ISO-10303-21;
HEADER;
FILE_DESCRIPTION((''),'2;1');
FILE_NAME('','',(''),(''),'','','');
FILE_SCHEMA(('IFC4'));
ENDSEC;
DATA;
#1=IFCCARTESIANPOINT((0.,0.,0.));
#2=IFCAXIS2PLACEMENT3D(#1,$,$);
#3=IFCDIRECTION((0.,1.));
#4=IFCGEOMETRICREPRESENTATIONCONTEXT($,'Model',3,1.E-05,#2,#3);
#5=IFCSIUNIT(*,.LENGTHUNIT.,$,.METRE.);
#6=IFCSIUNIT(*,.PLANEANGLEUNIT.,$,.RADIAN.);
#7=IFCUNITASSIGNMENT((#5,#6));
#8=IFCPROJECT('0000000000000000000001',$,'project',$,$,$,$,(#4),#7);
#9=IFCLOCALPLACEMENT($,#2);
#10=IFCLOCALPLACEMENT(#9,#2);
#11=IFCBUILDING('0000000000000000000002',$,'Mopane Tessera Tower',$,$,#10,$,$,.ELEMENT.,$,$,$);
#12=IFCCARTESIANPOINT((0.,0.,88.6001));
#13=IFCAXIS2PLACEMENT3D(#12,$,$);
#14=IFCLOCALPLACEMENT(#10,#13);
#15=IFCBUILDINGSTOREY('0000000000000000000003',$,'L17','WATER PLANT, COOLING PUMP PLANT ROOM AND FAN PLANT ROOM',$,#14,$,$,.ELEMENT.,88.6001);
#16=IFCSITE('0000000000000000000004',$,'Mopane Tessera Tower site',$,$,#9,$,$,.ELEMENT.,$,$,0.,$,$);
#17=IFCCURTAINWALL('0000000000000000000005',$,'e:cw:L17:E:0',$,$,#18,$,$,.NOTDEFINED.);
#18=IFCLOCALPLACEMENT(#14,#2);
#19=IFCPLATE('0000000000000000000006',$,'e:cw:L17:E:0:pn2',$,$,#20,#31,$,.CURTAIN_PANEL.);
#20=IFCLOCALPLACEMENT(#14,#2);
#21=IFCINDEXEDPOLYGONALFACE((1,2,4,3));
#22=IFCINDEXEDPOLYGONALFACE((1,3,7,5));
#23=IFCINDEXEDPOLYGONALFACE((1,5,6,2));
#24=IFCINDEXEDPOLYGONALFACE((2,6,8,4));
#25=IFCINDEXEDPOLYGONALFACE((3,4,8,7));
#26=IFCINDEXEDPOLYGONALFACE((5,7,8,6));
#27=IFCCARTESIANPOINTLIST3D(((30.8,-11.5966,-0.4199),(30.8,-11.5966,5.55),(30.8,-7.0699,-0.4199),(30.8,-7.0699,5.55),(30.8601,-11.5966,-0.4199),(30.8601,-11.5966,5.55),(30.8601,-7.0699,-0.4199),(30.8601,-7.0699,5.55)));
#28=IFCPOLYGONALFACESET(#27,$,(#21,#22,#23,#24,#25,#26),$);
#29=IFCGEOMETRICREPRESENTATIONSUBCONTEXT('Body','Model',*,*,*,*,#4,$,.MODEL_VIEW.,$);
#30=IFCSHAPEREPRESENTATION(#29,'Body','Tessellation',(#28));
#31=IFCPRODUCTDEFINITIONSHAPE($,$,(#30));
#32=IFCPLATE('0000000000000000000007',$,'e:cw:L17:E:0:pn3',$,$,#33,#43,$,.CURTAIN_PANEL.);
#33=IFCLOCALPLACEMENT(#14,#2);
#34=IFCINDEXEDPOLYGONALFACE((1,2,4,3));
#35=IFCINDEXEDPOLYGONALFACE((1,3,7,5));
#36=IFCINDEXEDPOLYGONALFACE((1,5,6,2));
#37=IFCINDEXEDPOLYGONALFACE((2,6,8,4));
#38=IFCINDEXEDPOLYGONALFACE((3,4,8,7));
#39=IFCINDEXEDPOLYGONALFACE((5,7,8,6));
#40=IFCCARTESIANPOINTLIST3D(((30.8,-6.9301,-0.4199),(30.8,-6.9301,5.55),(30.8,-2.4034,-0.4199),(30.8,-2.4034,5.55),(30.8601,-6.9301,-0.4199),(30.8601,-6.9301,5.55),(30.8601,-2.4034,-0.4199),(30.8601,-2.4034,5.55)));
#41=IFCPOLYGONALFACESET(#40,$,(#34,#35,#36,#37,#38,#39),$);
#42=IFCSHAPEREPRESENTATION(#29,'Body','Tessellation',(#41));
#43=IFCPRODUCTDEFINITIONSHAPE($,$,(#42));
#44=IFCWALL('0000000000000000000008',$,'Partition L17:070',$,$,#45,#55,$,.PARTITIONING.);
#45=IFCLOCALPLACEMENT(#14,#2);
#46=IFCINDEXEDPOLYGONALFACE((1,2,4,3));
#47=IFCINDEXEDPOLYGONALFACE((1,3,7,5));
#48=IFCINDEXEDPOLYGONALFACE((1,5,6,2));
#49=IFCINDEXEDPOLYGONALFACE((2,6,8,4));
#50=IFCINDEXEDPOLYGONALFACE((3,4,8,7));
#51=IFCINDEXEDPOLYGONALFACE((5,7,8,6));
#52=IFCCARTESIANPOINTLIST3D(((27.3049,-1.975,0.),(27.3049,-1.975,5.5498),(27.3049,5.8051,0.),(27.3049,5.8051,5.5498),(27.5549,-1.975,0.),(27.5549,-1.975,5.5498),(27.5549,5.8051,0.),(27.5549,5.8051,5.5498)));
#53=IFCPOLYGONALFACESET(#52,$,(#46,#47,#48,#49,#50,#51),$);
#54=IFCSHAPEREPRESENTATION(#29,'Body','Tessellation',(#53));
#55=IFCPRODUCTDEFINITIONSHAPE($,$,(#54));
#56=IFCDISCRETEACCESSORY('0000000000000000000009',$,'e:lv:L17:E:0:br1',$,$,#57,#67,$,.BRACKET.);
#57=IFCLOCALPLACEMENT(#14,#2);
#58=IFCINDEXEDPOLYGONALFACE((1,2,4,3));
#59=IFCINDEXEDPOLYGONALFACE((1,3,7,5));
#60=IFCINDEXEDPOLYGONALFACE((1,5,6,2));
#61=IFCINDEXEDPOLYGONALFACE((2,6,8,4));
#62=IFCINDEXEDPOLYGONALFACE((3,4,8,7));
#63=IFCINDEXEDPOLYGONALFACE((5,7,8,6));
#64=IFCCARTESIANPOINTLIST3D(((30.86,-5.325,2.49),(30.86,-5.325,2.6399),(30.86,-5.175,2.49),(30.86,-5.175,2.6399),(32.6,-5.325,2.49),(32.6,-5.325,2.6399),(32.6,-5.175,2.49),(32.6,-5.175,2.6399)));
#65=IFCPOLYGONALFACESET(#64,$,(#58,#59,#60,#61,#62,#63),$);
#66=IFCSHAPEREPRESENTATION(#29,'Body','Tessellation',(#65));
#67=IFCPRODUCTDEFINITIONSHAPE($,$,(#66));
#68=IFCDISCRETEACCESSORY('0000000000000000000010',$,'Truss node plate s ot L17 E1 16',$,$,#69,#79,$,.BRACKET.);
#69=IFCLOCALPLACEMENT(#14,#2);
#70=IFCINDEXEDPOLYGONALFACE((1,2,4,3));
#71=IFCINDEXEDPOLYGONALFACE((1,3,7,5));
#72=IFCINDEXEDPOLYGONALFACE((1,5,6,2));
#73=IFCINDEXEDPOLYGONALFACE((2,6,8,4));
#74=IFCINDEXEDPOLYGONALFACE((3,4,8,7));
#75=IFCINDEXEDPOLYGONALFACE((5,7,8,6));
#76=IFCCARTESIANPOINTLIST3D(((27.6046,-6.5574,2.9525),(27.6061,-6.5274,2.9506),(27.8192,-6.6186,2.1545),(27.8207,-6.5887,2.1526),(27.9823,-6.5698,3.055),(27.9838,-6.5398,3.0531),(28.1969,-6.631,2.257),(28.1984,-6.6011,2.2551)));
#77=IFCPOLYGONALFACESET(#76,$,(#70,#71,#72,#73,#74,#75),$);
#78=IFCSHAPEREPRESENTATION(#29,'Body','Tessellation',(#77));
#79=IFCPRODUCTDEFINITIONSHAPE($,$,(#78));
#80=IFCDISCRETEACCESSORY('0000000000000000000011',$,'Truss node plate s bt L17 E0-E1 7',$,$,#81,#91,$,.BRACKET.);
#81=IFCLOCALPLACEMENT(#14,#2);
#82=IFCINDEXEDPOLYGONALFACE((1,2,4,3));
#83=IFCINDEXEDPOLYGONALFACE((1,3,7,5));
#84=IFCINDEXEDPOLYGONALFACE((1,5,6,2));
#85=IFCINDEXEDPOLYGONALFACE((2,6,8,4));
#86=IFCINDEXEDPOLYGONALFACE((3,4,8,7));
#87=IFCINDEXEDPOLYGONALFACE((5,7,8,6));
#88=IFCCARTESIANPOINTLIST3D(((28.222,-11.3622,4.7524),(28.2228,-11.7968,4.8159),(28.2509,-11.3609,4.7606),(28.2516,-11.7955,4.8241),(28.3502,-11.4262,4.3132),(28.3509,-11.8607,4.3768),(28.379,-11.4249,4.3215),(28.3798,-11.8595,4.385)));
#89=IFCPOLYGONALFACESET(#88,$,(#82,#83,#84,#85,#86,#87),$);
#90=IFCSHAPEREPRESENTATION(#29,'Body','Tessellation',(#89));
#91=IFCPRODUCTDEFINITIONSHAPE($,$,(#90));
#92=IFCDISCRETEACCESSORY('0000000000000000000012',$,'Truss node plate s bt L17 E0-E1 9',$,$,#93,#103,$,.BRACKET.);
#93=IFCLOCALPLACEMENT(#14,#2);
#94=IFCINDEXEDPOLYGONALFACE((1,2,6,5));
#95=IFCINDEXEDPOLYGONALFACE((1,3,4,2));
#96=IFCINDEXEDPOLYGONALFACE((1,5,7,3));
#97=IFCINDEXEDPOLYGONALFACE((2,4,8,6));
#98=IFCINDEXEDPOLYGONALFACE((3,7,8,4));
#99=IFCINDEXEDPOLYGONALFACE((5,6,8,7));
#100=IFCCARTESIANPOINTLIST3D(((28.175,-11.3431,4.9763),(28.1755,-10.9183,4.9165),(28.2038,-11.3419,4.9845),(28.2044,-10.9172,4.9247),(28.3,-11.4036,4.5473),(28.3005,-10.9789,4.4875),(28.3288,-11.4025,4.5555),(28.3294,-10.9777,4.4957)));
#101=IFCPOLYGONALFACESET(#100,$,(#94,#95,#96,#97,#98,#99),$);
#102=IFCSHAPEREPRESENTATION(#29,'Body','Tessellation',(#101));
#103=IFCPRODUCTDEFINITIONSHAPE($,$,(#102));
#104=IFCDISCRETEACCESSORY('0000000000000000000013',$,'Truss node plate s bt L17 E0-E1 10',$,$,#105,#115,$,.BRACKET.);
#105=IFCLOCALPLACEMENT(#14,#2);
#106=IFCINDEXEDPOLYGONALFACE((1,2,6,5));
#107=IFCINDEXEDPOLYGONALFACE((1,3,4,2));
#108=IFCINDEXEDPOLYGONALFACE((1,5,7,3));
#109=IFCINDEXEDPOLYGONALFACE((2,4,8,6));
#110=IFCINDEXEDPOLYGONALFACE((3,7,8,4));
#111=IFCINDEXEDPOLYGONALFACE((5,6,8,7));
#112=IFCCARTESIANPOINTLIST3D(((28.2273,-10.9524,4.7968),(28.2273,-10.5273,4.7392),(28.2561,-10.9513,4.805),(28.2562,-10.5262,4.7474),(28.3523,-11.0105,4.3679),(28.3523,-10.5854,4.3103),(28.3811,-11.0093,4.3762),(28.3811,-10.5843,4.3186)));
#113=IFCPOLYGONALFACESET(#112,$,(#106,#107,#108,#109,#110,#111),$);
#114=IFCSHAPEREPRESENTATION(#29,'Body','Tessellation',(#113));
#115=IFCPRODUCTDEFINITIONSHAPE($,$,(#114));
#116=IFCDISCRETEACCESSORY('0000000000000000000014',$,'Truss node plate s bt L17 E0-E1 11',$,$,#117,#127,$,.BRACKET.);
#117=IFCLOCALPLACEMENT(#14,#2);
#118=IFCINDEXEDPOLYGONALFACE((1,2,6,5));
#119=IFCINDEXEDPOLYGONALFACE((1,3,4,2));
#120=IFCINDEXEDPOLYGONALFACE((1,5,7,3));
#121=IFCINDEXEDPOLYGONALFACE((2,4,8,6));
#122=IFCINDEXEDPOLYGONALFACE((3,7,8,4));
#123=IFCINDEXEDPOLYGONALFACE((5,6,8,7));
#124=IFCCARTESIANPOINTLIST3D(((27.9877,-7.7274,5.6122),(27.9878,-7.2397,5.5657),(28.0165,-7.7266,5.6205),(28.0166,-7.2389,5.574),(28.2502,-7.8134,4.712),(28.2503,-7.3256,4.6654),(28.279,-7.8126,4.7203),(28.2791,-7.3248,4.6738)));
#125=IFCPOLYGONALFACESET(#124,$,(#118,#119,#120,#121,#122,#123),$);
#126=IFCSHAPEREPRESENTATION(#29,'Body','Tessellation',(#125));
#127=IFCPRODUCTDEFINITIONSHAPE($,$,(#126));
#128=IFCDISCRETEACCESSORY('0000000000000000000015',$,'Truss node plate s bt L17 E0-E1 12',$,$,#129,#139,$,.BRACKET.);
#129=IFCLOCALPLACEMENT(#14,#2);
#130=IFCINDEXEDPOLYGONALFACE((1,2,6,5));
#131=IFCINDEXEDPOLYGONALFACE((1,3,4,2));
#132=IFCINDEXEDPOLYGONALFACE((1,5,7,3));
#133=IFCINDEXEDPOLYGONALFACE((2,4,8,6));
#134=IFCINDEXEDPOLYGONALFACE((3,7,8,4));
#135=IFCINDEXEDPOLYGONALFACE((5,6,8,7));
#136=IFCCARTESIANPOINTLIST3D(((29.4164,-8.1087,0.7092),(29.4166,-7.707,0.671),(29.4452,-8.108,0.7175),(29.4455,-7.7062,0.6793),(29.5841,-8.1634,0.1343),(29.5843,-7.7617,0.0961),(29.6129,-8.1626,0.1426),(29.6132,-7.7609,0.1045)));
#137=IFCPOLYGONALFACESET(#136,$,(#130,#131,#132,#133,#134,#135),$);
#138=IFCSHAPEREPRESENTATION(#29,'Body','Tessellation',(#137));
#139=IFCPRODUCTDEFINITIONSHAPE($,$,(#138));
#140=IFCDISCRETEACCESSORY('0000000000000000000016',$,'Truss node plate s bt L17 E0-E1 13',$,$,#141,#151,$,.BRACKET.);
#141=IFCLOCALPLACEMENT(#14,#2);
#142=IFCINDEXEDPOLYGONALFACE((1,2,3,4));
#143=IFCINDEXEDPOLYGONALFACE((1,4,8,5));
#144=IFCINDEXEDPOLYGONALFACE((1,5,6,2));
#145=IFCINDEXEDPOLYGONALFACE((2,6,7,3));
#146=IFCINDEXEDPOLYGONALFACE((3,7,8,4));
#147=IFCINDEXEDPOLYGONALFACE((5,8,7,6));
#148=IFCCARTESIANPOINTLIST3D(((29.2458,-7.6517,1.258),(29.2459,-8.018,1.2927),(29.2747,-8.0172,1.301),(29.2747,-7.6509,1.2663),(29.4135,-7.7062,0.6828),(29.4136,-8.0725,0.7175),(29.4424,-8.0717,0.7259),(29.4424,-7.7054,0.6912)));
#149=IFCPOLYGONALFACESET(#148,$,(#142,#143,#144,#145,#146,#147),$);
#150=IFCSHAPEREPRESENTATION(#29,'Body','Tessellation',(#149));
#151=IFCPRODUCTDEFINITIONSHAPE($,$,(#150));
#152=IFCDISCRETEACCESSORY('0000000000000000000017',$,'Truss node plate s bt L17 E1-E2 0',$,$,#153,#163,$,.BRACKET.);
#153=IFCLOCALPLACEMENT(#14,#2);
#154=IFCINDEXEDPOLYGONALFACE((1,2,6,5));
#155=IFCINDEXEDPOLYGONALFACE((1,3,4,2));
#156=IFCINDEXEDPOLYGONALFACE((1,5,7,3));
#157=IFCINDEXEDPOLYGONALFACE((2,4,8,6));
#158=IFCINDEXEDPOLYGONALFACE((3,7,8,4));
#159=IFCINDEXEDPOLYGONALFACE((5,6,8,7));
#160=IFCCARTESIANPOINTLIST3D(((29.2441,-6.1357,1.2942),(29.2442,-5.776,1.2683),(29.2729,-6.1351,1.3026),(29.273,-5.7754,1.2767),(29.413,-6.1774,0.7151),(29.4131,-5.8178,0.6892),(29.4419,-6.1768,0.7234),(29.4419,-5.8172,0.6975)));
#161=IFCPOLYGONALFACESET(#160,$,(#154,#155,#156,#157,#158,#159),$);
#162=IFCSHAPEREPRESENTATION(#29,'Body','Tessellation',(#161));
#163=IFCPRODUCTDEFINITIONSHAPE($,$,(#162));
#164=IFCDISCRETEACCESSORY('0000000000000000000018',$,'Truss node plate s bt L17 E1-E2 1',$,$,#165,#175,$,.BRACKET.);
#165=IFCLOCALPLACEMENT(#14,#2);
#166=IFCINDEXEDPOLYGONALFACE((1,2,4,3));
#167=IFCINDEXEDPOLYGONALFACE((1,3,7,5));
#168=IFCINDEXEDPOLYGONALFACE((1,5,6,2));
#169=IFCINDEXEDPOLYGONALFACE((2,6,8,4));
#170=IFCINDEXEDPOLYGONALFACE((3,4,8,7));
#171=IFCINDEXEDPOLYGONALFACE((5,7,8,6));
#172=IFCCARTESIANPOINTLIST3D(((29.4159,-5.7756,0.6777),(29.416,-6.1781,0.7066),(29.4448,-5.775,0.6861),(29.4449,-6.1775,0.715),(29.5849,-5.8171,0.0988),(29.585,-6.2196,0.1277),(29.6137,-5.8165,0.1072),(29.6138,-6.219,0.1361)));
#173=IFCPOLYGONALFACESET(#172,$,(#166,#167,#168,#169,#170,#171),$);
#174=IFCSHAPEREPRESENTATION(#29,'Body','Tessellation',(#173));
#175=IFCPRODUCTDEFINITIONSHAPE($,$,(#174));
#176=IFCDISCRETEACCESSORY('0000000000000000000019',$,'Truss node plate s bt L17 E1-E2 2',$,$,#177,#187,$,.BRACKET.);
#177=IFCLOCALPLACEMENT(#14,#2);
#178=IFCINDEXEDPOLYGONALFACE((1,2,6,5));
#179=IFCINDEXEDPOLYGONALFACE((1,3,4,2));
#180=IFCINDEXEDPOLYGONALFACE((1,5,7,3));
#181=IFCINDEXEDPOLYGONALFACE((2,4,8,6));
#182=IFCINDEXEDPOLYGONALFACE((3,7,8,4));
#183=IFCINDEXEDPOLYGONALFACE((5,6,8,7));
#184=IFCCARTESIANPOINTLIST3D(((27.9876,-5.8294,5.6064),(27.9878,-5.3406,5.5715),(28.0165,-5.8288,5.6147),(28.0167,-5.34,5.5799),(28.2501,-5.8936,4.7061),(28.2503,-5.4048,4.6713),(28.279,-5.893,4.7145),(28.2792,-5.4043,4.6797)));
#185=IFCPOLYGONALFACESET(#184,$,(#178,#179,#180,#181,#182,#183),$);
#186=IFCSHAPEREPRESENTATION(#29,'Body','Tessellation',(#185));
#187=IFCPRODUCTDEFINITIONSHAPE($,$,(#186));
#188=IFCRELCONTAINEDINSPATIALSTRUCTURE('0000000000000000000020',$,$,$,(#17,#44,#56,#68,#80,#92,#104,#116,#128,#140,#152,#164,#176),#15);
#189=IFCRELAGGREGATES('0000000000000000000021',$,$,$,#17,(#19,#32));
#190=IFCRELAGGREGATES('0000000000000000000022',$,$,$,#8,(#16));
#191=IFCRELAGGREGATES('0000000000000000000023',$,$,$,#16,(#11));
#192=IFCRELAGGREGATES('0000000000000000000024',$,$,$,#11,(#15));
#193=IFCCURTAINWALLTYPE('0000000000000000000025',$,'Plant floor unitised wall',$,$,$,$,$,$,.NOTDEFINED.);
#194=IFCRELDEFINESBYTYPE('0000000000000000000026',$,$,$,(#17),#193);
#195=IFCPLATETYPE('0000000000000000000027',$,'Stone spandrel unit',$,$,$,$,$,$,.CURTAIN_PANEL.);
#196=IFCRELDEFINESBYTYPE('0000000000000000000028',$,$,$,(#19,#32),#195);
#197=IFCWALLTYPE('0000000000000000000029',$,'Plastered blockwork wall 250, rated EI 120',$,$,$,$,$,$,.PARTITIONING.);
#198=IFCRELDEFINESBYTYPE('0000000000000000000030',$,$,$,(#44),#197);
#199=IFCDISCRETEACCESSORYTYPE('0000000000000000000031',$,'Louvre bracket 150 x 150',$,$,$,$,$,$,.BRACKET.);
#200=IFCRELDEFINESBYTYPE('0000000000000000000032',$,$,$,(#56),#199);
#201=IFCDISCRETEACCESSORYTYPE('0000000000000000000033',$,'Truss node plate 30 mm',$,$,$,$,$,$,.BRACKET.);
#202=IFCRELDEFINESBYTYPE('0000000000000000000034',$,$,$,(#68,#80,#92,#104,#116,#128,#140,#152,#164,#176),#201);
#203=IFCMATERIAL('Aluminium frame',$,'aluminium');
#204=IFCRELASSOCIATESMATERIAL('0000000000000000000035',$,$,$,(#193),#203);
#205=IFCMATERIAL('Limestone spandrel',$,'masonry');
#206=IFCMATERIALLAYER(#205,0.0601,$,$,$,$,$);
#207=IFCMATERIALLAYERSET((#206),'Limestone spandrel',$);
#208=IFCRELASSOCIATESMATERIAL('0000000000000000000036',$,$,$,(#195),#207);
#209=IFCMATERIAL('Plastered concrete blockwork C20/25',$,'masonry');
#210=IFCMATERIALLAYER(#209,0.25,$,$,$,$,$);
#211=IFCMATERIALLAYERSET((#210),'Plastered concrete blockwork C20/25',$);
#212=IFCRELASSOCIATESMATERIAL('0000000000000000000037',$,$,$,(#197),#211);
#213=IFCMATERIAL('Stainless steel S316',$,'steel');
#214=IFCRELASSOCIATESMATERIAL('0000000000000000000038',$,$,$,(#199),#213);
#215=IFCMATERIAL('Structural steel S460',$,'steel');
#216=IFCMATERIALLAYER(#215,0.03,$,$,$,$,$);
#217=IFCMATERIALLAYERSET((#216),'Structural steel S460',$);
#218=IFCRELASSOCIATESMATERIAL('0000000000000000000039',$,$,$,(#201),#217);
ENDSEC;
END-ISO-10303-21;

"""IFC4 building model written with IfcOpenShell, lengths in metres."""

from ifc_helpers import new_model, si_unit, direction, frame, frame_2d, origin, origin_2d, place, context, subcontext, project, spatial, rectangle, extrude, material, layer, layer_set, type_object, element, aggregate, save


model = new_model("IFC4")

# Units and contexts
model_context = context("Model", 3, precision=1e-05, world=origin(), true_north=direction((0.0, 1.0)))
body_context = subcontext(model_context, "Body", "Model", "MODEL_VIEW")
ifc_project = project(units=[si_unit("LENGTHUNIT", "METRE"), si_unit("PLANEANGLEUNIT", "RADIAN")], contexts=[model_context])

# Site, building, storey
site_placement = place(None, origin())
site = spatial("IfcSite", under=ifc_project, at=site_placement, Name="Mopane Tessera Tower site", CompositionType="ELEMENT", RefElevation=0.0)
building_placement = place(site_placement, origin())
building = spatial("IfcBuilding", under=site, at=building_placement, Name="Mopane Tessera Tower", CompositionType="ELEMENT")
storey_placement = place(building_placement, frame((0.0, 0.0, 88.6001)))
storey = spatial("IfcBuildingStorey", under=building, at=storey_placement, Name="L17", Description="WATER PLANT, COOLING PUMP PLANT ROOM AND FAN PLANT ROOM", CompositionType="ELEMENT", Elevation=88.6001)

# Curtain wall
ifc_material_1 = material(Name="Aluminium frame", Category="aluminium")
curtain_wall_type = type_object("IfcCurtainWallType", Name="Plant floor unitised wall", PredefinedType="NOTDEFINED", material=ifc_material_1)
curtain_wall_placement = place(storey_placement, origin())
curtain_wall = element("IfcCurtainWall", 1, at=curtain_wall_placement, inside=storey, type_object=curtain_wall_type, Name="e:cw:L17:E:0", PredefinedType="NOTDEFINED")

# Plates
ifc_material_2 = material(Name="Limestone spandrel", Category="masonry")
ifc_layer_1 = layer(ifc_material_2, 0.0601)
ifc_layer_set_1 = layer_set([ifc_layer_1], Name="Limestone spandrel")
plate_type = type_object("IfcPlateType", Name="Stone spandrel unit", PredefinedType="CURTAIN_PANEL", material=ifc_layer_set_1)
plate_1_placement = place(storey_placement, frame((30.8301, -9.3333, -0.4199), z_axis=(0.0, 0.0, 1.0), x_axis=(0.0, 1.0, 0.0)))
plate_1 = element("IfcPlate", 2, at=plate_1_placement, type_object=plate_type, Name="e:cw:L17:E:0:pn2", PredefinedType="CURTAIN_PANEL", context=body_context, shape_type="SweptSolid", body=[
    extrude(rectangle(XDim=4.5266, YDim=0.0601, at=origin_2d()), origin(), (0.0, 0.0, 1.0), 5.97),
])
plate_2_placement = place(storey_placement, frame((30.8301, -4.6667, -0.4199), z_axis=(0.0, 0.0, 1.0), x_axis=(0.0, 1.0, 0.0)))
plate_2 = element("IfcPlate", 3, at=plate_2_placement, type_object=plate_type, Name="e:cw:L17:E:0:pn3", PredefinedType="CURTAIN_PANEL", context=body_context, shape_type="SweptSolid", body=[
    extrude(rectangle(XDim=4.5266, YDim=0.0601, at=origin_2d()), origin(), (0.0, 0.0, 1.0), 5.97),
])
aggregate(curtain_wall, [plate_1, plate_2])

# Wall
ifc_material_3 = material(Name="Plastered concrete blockwork C20/25", Category="masonry")
ifc_layer_2 = layer(ifc_material_3, 0.25)
ifc_layer_set_2 = layer_set([ifc_layer_2], Name="Plastered concrete blockwork C20/25")
wall_type = type_object("IfcWallType", Name="Plastered blockwork wall 250, rated EI 120", PredefinedType="PARTITIONING", material=ifc_layer_set_2)
wall_placement = place(storey_placement, frame((27.4299, -1.9751, 0.0), z_axis=(0.0, 0.0, 1.0), x_axis=(0.0, 1.0, 0.0)))
element("IfcWall", 4, at=wall_placement, inside=storey, type_object=wall_type, Name="Partition L17:070", PredefinedType="PARTITIONING", context=body_context, shape_type="SweptSolid", body=[
    extrude(rectangle(XDim=7.78, YDim=0.25, at=frame_2d((3.8901, 0.0))), origin(), (0.0, 0.0, 1.0), 5.5498),
])

# Discrete accessories
ifc_material_4 = material(Name="Stainless steel S316", Category="steel")
discrete_accessory_type_1 = type_object("IfcDiscreteAccessoryType", Name="Louvre bracket 150 x 150", PredefinedType="BRACKET", material=ifc_material_4)
discrete_accessory_1_placement = place(storey_placement, frame((31.73, -5.25, 2.49), z_axis=(0.0, 0.0, 1.0), x_axis=(1.0, 0.0, 0.0)))
element("IfcDiscreteAccessory", 5, at=discrete_accessory_1_placement, inside=storey, type_object=discrete_accessory_type_1, Name="e:lv:L17:E:0:br1", PredefinedType="BRACKET", context=body_context, shape_type="SweptSolid", body=[
    extrude(rectangle(XDim=1.74, YDim=0.1499, at=origin_2d()), origin(), (0.0, 0.0, 1.0), 0.1499),
])
ifc_material_5 = material(Name="Structural steel S460", Category="steel")
ifc_layer_3 = layer(ifc_material_5, 0.03)
ifc_layer_set_3 = layer_set([ifc_layer_3], Name="Structural steel S460")
discrete_accessory_type_2 = type_object("IfcDiscreteAccessoryType", Name="Truss node plate 30 mm", PredefinedType="BRACKET", material=ifc_layer_set_3)
discrete_accessory_2_placement = place(storey_placement, frame((28.0088, -6.6099, 2.2048), z_axis=(-0.258955, 0.073945, 0.963055), x_axis=(0.049866, 0.996759, -0.063125)))
element("IfcDiscreteAccessory", 6, at=discrete_accessory_2_placement, inside=storey, type_object=discrete_accessory_type_2, Name="Truss node plate s ot L17 E1 16", PredefinedType="BRACKET", context=body_context, shape_type="SweptSolid", body=[
    extrude(rectangle(XDim=0.03, YDim=0.3916, at=origin_2d()), origin(), (0.0, 0.0, 1.0), 0.8286),
])
discrete_accessory_3_placement = place(storey_placement, frame((28.365, -11.6428, 4.3491), z_axis=(-0.277445, 0.138458, 0.950712), x_axis=(-0.96074, -0.041727, -0.274295)))
element("IfcDiscreteAccessory", 7, at=discrete_accessory_3_placement, inside=storey, type_object=discrete_accessory_type_2, Name="Truss node plate s bt L17 E0-E1 7", PredefinedType="BRACKET", context=body_context, shape_type="SweptSolid", body=[
    extrude(rectangle(XDim=0.03, YDim=0.4392, at=origin_2d()), origin(), (0.0, 0.0, 1.0), 0.4619),
])
discrete_accessory_4_placement = place(storey_placement, frame((28.3147, -11.1907, 4.5215), z_axis=(-0.277235, 0.134286, 0.951372), x_axis=(-0.960801, -0.037409, -0.274703)))
element("IfcDiscreteAccessory", 8, at=discrete_accessory_4_placement, inside=storey, type_object=discrete_accessory_type_2, Name="Truss node plate s bt L17 E0-E1 9", PredefinedType="BRACKET", context=body_context, shape_type="SweptSolid", body=[
    extrude(rectangle(XDim=0.03, YDim=0.429, at=origin_2d()), origin(), (0.0, 0.0, 1.0), 0.4509),
])
discrete_accessory_5_placement = place(storey_placement, frame((28.3667, -10.7974, 4.3433), z_axis=(-0.277433, 0.128963, 0.95205), x_axis=(-0.960745, -0.037184, -0.27493)))
element("IfcDiscreteAccessory", 9, at=discrete_accessory_5_placement, inside=storey, type_object=discrete_accessory_type_2, Name="Truss node plate s bt L17 E0-E1 10", PredefinedType="BRACKET", context=body_context, shape_type="SweptSolid", body=[
    extrude(rectangle(XDim=0.03, YDim=0.429, at=origin_2d()), origin(), (0.0, 0.0, 1.0), 0.4504),
])
discrete_accessory_6_placement = place(storey_placement, frame((28.2646, -7.5691, 4.6929), z_axis=(-0.278742, 0.091272, 0.956019), x_axis=(-0.960366, -0.026291, -0.277499)))
element("IfcDiscreteAccessory", 10, at=discrete_accessory_6_placement, inside=storey, type_object=discrete_accessory_type_2, Name="Truss node plate s bt L17 E0-E1 11", PredefinedType="BRACKET", context=body_context, shape_type="SweptSolid", body=[
    extrude(rectangle(XDim=0.03, YDim=0.49, at=origin_2d()), origin(), (0.0, 0.0, 1.0), 0.9417),
])
discrete_accessory_7_placement = place(storey_placement, frame((29.5986, -7.9622, 0.1194), z_axis=(-0.278887, 0.090933, 0.956009), x_axis=(-0.960324, -0.025832, -0.277688)))
element("IfcDiscreteAccessory", 11, at=discrete_accessory_7_placement, inside=storey, type_object=discrete_accessory_type_2, Name="Truss node plate s bt L17 E0-E1 12", PredefinedType="BRACKET", context=body_context, shape_type="SweptSolid", body=[
    extrude(rectangle(XDim=0.03, YDim=0.4036, at=origin_2d()), origin(), (0.0, 0.0, 1.0), 0.6013),
])
discrete_accessory_8_placement = place(storey_placement, frame((29.428, -7.8889, 0.7043), z_axis=(-0.278789, 0.090495, 0.956079), x_axis=(-0.960352, -0.026388, -0.277537)))
element("IfcDiscreteAccessory", 12, at=discrete_accessory_8_placement, inside=storey, type_object=discrete_accessory_type_2, Name="Truss node plate s bt L17 E0-E1 13", PredefinedType="BRACKET", context=body_context, shape_type="SweptSolid", body=[
    extrude(rectangle(XDim=0.03, YDim=0.3679, at=origin_2d()), origin(), (0.0, 0.0, 1.0), 0.6016),
])
discrete_accessory_9_placement = place(storey_placement, frame((29.4275, -5.9973, 0.7063), z_axis=(-0.279394, 0.069041, 0.957691), x_axis=(-0.960177, -0.019844, -0.278688)))
element("IfcDiscreteAccessory", 13, at=discrete_accessory_9_placement, inside=storey, type_object=discrete_accessory_type_2, Name="Truss node plate s bt L17 E1-E2 0", PredefinedType="BRACKET", context=body_context, shape_type="SweptSolid", body=[
    extrude(rectangle(XDim=0.03, YDim=0.3606, at=origin_2d()), origin(), (0.0, 0.0, 1.0), 0.6047),
])
discrete_accessory_10_placement = place(storey_placement, frame((29.5994, -6.0181, 0.1174), z_axis=(-0.27951, 0.068666, 0.957684), x_axis=(-0.960143, -0.020286, -0.278773)))
element("IfcDiscreteAccessory", 14, at=discrete_accessory_10_placement, inside=storey, type_object=discrete_accessory_type_2, Name="Truss node plate s bt L17 E1-E2 1", PredefinedType="BRACKET", context=body_context, shape_type="SweptSolid", body=[
    extrude(rectangle(XDim=0.03, YDim=0.4036, at=origin_2d()), origin(), (0.0, 0.0, 1.0), 0.6045),
])
discrete_accessory_11_placement = place(storey_placement, frame((28.2646, -5.6489, 4.6929), z_axis=(-0.279256, 0.06832, 0.957783), x_axis=(-0.960217, -0.019442, -0.278579)))
element("IfcDiscreteAccessory", 15, at=discrete_accessory_11_placement, inside=storey, type_object=discrete_accessory_type_2, Name="Truss node plate s bt L17 E1-E2 2", PredefinedType="BRACKET", context=body_context, shape_type="SweptSolid", body=[
    extrude(rectangle(XDim=0.03, YDim=0.49, at=origin_2d()), origin(), (0.0, 0.0, 1.0), 0.9399),
])

save(model, "model.ifc")
